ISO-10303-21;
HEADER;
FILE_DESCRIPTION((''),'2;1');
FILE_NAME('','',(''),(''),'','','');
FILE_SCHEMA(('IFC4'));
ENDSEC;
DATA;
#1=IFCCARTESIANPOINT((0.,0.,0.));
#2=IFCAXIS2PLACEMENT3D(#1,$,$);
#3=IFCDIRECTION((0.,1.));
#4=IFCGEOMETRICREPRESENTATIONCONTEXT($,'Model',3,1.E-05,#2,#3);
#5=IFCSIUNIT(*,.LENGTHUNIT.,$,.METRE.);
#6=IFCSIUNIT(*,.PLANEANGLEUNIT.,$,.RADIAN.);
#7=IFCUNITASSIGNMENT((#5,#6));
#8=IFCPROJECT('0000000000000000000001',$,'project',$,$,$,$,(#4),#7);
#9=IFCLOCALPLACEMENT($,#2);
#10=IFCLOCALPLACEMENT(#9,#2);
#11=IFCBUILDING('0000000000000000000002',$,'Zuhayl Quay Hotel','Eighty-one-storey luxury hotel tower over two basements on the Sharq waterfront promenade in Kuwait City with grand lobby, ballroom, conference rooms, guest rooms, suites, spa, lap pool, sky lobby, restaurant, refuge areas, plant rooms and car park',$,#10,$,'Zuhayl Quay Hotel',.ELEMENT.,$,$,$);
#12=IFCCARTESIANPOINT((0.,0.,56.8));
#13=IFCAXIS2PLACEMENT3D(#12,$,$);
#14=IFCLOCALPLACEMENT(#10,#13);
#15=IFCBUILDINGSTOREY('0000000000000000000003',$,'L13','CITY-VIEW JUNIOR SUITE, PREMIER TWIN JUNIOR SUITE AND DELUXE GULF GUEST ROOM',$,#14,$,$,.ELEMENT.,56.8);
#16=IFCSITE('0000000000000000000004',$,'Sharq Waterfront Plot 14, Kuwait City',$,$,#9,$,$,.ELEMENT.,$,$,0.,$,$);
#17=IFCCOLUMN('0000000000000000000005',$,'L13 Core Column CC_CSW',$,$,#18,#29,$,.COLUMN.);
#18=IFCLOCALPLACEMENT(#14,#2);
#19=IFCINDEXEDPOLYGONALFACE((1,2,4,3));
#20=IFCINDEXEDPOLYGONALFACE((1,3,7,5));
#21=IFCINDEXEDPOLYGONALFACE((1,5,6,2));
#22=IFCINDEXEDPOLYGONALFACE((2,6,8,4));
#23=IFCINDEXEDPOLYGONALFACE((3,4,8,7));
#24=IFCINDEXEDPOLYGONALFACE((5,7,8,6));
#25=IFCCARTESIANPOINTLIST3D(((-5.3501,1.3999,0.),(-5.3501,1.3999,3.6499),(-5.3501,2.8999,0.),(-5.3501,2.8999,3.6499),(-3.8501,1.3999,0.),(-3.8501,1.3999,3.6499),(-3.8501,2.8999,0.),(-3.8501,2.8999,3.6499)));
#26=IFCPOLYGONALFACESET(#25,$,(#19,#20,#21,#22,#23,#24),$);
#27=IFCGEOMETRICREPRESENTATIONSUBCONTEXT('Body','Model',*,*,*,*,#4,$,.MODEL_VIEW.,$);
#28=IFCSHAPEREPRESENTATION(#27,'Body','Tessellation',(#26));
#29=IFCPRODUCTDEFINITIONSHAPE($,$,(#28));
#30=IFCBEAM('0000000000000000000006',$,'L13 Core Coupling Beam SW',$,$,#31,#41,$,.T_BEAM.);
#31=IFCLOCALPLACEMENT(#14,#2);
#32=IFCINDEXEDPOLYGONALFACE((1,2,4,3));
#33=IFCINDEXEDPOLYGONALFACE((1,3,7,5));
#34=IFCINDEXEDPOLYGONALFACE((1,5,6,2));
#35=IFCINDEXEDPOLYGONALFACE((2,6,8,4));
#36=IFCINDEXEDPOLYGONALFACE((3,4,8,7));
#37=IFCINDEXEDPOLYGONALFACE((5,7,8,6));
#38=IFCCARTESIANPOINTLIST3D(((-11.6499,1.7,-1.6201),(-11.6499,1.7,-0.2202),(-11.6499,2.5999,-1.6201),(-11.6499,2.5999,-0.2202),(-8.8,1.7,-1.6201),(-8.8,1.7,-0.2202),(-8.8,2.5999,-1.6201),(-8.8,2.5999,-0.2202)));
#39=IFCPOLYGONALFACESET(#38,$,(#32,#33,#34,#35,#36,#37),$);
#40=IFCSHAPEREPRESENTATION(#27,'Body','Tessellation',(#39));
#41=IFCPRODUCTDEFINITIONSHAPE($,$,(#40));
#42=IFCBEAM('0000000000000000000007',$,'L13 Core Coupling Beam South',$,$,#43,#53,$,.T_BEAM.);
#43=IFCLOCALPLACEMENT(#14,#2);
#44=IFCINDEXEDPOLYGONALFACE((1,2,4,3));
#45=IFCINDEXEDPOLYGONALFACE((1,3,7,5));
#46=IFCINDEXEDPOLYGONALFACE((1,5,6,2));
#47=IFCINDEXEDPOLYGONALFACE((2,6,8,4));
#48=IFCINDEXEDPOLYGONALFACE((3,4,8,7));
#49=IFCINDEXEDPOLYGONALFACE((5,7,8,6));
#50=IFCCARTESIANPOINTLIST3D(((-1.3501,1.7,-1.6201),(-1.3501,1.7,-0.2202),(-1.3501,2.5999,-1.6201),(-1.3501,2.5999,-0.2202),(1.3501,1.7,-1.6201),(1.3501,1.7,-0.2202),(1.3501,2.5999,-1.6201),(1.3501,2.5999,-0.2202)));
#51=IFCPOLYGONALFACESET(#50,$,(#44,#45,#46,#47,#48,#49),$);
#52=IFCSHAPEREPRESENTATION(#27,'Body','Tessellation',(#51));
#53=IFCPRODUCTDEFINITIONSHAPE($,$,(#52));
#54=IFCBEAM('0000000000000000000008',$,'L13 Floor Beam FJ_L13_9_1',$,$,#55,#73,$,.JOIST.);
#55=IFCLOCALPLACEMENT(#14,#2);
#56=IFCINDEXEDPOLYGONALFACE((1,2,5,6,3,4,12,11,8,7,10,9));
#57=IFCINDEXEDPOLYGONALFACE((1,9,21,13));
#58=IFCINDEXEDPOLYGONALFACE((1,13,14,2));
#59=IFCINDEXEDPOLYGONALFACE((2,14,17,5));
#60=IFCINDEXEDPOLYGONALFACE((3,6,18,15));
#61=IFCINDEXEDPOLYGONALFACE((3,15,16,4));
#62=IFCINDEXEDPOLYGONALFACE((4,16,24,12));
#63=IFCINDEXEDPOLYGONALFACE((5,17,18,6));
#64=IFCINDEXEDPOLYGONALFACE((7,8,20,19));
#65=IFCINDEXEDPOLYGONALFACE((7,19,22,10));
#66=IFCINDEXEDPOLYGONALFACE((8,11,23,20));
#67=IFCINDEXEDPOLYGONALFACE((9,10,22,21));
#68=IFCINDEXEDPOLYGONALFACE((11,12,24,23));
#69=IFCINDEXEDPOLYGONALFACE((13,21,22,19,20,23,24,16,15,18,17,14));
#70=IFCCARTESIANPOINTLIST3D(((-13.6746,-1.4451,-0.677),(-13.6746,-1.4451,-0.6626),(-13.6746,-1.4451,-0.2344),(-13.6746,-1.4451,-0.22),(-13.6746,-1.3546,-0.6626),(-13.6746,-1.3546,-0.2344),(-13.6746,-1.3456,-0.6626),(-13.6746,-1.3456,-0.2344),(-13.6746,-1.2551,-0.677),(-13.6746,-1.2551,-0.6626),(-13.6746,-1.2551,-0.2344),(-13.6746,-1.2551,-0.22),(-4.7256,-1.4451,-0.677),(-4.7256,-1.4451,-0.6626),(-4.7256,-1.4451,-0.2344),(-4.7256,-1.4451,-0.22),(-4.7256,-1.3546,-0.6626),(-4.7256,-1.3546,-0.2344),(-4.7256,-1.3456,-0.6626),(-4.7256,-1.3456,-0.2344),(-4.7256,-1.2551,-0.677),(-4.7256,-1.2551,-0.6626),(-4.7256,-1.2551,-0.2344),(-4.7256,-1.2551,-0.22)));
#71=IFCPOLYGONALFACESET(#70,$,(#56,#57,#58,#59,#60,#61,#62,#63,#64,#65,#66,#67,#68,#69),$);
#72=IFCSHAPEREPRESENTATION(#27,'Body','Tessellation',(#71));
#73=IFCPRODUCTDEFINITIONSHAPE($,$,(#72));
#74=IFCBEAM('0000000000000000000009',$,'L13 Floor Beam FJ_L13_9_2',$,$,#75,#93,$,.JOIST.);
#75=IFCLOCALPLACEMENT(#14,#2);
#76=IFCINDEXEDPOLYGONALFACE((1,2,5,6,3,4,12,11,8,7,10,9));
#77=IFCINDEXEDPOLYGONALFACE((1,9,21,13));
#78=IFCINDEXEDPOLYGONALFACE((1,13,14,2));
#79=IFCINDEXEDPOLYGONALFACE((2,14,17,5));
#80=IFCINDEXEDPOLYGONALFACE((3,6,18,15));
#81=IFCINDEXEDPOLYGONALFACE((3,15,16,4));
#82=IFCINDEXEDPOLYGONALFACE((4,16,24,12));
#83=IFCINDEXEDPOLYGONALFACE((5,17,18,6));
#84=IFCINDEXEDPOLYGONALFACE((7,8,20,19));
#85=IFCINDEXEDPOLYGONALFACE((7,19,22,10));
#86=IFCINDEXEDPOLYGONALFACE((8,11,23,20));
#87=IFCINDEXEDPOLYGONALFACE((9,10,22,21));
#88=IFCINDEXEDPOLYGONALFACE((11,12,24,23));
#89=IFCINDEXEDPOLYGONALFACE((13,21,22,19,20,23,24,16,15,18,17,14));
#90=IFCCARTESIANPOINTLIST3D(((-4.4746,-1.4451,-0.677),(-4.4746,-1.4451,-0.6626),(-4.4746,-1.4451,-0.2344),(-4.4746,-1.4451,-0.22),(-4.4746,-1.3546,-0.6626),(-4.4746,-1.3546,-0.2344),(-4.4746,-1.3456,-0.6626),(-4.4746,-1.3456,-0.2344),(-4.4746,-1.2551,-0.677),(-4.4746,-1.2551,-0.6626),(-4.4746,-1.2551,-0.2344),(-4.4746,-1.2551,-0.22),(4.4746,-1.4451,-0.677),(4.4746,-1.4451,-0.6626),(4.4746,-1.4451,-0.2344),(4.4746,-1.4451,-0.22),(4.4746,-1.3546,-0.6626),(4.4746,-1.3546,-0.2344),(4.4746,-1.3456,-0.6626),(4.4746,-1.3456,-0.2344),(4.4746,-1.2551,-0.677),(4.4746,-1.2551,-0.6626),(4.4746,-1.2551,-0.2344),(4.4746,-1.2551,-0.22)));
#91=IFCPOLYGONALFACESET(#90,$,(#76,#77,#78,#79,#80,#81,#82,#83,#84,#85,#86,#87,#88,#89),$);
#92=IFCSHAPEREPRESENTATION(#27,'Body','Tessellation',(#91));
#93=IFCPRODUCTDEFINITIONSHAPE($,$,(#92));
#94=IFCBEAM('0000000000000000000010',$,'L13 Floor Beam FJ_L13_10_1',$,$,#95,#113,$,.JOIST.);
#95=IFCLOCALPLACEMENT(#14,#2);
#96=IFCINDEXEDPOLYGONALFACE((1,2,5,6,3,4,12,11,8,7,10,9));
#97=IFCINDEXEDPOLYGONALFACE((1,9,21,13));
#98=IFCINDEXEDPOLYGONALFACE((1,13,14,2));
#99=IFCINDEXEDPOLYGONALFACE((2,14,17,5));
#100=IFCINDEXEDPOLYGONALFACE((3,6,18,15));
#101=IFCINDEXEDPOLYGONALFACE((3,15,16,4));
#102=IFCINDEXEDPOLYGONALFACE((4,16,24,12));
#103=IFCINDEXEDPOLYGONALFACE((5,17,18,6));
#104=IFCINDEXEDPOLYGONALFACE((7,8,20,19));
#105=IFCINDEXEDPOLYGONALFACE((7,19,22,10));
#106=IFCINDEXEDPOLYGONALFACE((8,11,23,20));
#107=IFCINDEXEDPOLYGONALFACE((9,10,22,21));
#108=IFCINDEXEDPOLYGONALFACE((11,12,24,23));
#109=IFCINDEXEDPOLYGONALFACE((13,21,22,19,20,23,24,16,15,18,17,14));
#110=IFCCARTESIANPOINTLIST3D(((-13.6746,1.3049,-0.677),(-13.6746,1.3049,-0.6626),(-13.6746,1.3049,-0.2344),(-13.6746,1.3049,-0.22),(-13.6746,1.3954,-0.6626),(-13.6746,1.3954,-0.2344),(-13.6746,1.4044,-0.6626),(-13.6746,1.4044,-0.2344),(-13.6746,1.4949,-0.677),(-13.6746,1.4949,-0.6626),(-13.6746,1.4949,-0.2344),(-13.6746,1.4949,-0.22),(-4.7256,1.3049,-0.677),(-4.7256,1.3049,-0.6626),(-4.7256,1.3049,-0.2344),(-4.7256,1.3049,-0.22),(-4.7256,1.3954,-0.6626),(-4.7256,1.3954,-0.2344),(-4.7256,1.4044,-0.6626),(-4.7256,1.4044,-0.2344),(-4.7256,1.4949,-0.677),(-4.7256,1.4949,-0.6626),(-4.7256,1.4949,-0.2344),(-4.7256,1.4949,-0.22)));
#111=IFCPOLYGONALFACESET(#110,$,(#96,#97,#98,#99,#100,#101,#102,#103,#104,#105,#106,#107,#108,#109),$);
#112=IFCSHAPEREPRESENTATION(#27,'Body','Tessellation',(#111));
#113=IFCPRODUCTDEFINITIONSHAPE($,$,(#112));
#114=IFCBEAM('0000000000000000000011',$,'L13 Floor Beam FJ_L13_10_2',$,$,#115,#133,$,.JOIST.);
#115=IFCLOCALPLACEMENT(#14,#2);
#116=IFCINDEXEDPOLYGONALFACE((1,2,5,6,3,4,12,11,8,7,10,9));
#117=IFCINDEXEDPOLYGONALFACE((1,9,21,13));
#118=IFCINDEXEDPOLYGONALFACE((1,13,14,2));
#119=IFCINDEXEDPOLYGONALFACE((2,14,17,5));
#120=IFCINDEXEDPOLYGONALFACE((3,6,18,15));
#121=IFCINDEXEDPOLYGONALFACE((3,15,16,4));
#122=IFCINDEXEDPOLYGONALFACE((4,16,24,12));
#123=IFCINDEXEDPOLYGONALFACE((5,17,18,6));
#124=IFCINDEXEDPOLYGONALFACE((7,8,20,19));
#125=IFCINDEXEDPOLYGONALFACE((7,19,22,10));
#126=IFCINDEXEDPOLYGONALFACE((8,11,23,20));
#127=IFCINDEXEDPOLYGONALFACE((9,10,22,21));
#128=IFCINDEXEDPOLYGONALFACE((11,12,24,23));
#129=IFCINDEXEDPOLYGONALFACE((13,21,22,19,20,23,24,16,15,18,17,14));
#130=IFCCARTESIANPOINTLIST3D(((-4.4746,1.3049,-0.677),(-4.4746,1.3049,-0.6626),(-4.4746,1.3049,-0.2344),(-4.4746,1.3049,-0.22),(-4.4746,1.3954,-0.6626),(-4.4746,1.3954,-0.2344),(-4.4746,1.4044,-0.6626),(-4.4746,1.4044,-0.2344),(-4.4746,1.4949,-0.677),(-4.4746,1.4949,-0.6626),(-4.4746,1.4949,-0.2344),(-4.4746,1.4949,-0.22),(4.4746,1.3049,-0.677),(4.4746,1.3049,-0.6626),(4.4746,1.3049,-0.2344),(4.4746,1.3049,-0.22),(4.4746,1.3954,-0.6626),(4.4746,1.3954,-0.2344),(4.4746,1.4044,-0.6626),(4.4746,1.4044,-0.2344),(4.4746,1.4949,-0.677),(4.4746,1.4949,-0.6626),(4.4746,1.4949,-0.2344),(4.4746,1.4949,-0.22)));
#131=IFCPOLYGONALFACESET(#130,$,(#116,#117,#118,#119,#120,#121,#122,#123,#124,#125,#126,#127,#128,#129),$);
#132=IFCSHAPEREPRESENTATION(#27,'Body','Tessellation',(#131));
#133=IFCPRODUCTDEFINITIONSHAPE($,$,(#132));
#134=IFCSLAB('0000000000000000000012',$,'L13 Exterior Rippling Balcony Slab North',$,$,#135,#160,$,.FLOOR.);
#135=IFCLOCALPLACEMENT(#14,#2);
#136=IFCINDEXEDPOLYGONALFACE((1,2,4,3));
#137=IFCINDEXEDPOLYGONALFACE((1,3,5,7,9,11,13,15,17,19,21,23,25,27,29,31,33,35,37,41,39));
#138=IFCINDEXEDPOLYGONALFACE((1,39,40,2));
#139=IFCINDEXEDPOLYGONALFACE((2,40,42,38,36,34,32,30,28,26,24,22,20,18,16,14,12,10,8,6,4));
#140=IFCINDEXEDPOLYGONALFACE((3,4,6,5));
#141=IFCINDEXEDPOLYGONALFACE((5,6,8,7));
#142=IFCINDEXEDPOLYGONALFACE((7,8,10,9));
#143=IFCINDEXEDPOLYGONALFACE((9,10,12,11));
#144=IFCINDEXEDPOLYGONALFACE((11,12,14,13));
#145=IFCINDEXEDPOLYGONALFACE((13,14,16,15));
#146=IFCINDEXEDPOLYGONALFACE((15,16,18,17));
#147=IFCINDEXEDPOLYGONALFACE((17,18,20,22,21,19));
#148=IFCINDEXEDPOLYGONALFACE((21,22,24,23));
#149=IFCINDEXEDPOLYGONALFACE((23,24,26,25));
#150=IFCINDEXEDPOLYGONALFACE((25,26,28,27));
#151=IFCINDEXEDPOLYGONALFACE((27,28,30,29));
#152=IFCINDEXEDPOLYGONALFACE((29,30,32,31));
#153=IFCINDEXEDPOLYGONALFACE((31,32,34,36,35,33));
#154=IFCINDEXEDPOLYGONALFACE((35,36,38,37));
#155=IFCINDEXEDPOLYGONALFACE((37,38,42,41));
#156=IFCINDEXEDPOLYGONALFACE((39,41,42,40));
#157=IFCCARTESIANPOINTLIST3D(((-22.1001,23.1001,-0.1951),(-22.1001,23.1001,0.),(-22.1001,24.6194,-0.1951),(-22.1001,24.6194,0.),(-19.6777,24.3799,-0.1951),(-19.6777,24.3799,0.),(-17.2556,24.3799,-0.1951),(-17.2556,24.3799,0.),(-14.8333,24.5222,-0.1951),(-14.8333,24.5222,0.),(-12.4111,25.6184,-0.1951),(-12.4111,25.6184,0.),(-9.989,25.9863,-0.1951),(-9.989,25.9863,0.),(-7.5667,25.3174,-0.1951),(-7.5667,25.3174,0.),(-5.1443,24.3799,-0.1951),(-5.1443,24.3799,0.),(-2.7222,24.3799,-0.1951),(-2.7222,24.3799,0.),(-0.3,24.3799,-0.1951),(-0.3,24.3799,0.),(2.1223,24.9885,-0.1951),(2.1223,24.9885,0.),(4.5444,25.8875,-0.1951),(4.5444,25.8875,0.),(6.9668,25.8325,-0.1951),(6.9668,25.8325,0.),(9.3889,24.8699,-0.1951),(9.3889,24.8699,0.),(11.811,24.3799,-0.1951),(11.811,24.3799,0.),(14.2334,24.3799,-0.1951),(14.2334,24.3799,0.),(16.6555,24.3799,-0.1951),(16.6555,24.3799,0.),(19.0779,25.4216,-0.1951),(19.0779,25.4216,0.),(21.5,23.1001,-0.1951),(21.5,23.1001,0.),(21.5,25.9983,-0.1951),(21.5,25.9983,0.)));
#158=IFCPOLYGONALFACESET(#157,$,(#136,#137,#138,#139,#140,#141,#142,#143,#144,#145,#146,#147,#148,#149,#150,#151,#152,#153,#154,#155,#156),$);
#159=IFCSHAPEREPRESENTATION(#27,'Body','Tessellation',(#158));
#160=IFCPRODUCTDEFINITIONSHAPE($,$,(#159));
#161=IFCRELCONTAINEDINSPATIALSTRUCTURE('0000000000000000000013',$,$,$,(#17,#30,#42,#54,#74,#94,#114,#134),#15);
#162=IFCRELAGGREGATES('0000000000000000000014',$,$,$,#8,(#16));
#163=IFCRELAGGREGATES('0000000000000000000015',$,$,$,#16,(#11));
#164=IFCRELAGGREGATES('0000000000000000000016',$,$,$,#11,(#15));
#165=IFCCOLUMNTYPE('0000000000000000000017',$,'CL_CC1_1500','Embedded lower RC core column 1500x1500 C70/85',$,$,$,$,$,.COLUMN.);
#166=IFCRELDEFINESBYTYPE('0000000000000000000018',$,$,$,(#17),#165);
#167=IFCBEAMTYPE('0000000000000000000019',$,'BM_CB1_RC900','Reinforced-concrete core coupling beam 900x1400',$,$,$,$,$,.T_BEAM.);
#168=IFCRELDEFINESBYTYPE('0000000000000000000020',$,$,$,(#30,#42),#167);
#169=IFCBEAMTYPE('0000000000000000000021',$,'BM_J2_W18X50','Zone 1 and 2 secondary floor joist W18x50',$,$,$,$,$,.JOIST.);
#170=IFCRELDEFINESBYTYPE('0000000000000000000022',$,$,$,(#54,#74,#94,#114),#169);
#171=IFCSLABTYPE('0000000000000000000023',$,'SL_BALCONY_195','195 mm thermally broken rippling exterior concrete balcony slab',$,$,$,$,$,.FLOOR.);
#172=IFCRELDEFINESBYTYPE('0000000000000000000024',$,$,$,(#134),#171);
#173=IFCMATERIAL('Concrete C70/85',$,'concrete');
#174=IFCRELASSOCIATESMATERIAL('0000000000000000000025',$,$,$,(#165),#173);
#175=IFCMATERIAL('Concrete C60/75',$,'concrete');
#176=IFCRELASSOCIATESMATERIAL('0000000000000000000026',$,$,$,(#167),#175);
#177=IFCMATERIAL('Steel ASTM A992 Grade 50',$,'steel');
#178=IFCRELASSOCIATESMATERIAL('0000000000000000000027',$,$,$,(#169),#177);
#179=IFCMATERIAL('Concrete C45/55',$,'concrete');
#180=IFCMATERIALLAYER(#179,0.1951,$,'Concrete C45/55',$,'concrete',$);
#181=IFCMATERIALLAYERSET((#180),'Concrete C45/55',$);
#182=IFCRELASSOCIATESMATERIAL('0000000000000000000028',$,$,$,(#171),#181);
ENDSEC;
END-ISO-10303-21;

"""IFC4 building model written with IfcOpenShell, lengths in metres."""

from ifc_helpers import new_model, si_unit, direction, frame, origin, origin_2d, place, context, subcontext, project, spatial, polyline, rectangle, i_section, outline, extrude, material, layer, layer_set, material_profile, profile_set, type_object, element, save


model = new_model("IFC4")

# Units and contexts
model_context = context("Model", 3, precision=1e-05, world=origin(), true_north=direction((0.0, 1.0)))
body_context = subcontext(model_context, "Body", "Model", "MODEL_VIEW")
ifc_project = project(units=[si_unit("LENGTHUNIT", "METRE"), si_unit("PLANEANGLEUNIT", "RADIAN")], contexts=[model_context])

# Site, building, storey
site_placement = place(None, origin())
site = spatial("IfcSite", under=ifc_project, at=site_placement, Name="Sharq Waterfront Plot 14, Kuwait City", CompositionType="ELEMENT", RefElevation=0.0)
building_placement = place(site_placement, origin())
building = spatial("IfcBuilding", under=site, at=building_placement, Name="Zuhayl Quay Hotel", Description="Eighty-one-storey luxury hotel tower over two basements on the Sharq waterfront promenade in Kuwait City with grand lobby, ballroom, conference rooms, guest rooms, suites, spa, lap pool, sky lobby, restaurant, refuge areas, plant rooms and car park", LongName="Zuhayl Quay Hotel", CompositionType="ELEMENT")
storey_placement = place(building_placement, frame((0.0, 0.0, 56.8)))
storey = spatial("IfcBuildingStorey", under=building, at=storey_placement, Name="L13", Description="CITY-VIEW JUNIOR SUITE, PREMIER TWIN JUNIOR SUITE AND DELUXE GULF GUEST ROOM", CompositionType="ELEMENT", Elevation=56.8)

# Column
ifc_material_1 = material(Name="Concrete C70/85", Category="concrete")
ifc_material_profile_1 = material_profile(ifc_material_1, rectangle(XDim=1.5, YDim=1.5, at=origin_2d()), Name="RC1500X1500")
ifc_profile_set_1 = profile_set([ifc_material_profile_1], Name="Concrete C70/85")
column_type = type_object("IfcColumnType", Name="CL_CC1_1500", Description="Embedded lower RC core column 1500x1500 C70/85", PredefinedType="COLUMN", material=ifc_profile_set_1)
column_placement = place(storey_placement, frame((-4.6001, 2.1499, 0.0), z_axis=(0.0, 0.0, 1.0), x_axis=(1.0, 0.0, 0.0)))
element("IfcColumn", 1, at=column_placement, inside=storey, type_object=column_type, Name="L13 Core Column CC_CSW", PredefinedType="COLUMN", context=body_context, shape_type="SweptSolid", body=[
    extrude(rectangle(XDim=1.5, YDim=1.5, at=origin_2d()), origin(), (0.0, 0.0, 1.0), 3.6499),
])

# Beams
ifc_material_2 = material(Name="Concrete C60/75", Category="concrete")
ifc_material_profile_2 = material_profile(ifc_material_2, rectangle(XDim=0.8999, YDim=1.3999, at=origin_2d()), Name="RC900X1400")
ifc_profile_set_2 = profile_set([ifc_material_profile_2], Name="Concrete C60/75")
beam_type_1 = type_object("IfcBeamType", Name="BM_CB1_RC900", Description="Reinforced-concrete core coupling beam 900x1400", PredefinedType="T_BEAM", material=ifc_profile_set_2)
beam_1_placement = place(storey_placement, frame((-11.6499, 2.1499, -0.9202), z_axis=(1.0, 0.0, 0.0), x_axis=(0.0, 1.0, 0.0)))
element("IfcBeam", 2, at=beam_1_placement, inside=storey, type_object=beam_type_1, Name="L13 Core Coupling Beam SW", PredefinedType="T_BEAM", context=body_context, shape_type="SweptSolid", body=[
    extrude(rectangle(XDim=0.8999, YDim=1.3999, at=origin_2d()), origin(), (0.0, 0.0, 1.0), 2.8499),
])
beam_2_placement = place(storey_placement, frame((-1.3501, 2.1499, -0.9202), z_axis=(1.0, 0.0, 0.0), x_axis=(0.0, 1.0, 0.0)))
element("IfcBeam", 3, at=beam_2_placement, inside=storey, type_object=beam_type_1, Name="L13 Core Coupling Beam South", PredefinedType="T_BEAM", context=body_context, shape_type="SweptSolid", body=[
    extrude(rectangle(XDim=0.8999, YDim=1.3999, at=origin_2d()), origin(), (0.0, 0.0, 1.0), 2.7002),
])
ifc_material_3 = material(Name="Steel ASTM A992 Grade 50", Category="steel")
ifc_material_profile_3 = material_profile(ifc_material_3, i_section(OverallWidth=0.1899, OverallDepth=0.457, WebThickness=0.009, FlangeThickness=0.0144, at=origin_2d()), Name="W18X50")
ifc_profile_set_3 = profile_set([ifc_material_profile_3], Name="Steel ASTM A992 Grade 50")
beam_type_2 = type_object("IfcBeamType", Name="BM_J2_W18X50", Description="Zone 1 and 2 secondary floor joist W18x50", PredefinedType="JOIST", material=ifc_profile_set_3)
beam_3_placement = place(storey_placement, frame((-13.6746, -1.3501, -0.4485), z_axis=(1.0, 0.0, 0.0), x_axis=(0.0, 1.0, 0.0)))
element("IfcBeam", 4, at=beam_3_placement, inside=storey, type_object=beam_type_2, Name="L13 Floor Beam FJ_L13_9_1", PredefinedType="JOIST", context=body_context, shape_type="SweptSolid", body=[
    extrude(i_section(OverallWidth=0.1899, OverallDepth=0.457, WebThickness=0.009, FlangeThickness=0.0144, at=origin_2d()), origin(), (0.0, 0.0, 1.0), 8.949),
])
beam_4_placement = place(storey_placement, frame((-4.4746, -1.3501, -0.4485), z_axis=(1.0, 0.0, 0.0), x_axis=(0.0, 1.0, 0.0)))
element("IfcBeam", 5, at=beam_4_placement, inside=storey, type_object=beam_type_2, Name="L13 Floor Beam FJ_L13_9_2", PredefinedType="JOIST", context=body_context, shape_type="SweptSolid", body=[
    extrude(i_section(OverallWidth=0.1899, OverallDepth=0.457, WebThickness=0.009, FlangeThickness=0.0144, at=origin_2d()), origin(), (0.0, 0.0, 1.0), 8.9492),
])
beam_5_placement = place(storey_placement, frame((-13.6746, 1.3999, -0.4485), z_axis=(1.0, 0.0, 0.0), x_axis=(0.0, 1.0, 0.0)))
element("IfcBeam", 6, at=beam_5_placement, inside=storey, type_object=beam_type_2, Name="L13 Floor Beam FJ_L13_10_1", PredefinedType="JOIST", context=body_context, shape_type="SweptSolid", body=[
    extrude(i_section(OverallWidth=0.1899, OverallDepth=0.457, WebThickness=0.009, FlangeThickness=0.0144, at=origin_2d()), origin(), (0.0, 0.0, 1.0), 8.949),
])
beam_6_placement = place(storey_placement, frame((-4.4746, 1.3999, -0.4485), z_axis=(1.0, 0.0, 0.0), x_axis=(0.0, 1.0, 0.0)))
element("IfcBeam", 7, at=beam_6_placement, inside=storey, type_object=beam_type_2, Name="L13 Floor Beam FJ_L13_10_2", PredefinedType="JOIST", context=body_context, shape_type="SweptSolid", body=[
    extrude(i_section(OverallWidth=0.1899, OverallDepth=0.457, WebThickness=0.009, FlangeThickness=0.0144, at=origin_2d()), origin(), (0.0, 0.0, 1.0), 8.9492),
])

# Slab
ifc_material_4 = material(Name="Concrete C45/55", Category="concrete")
ifc_layer_1 = layer(ifc_material_4, 0.1951, Name="Concrete C45/55", Category="concrete")
ifc_layer_set_1 = layer_set([ifc_layer_1], Name="Concrete C45/55")
slab_type_1 = type_object("IfcSlabType", Name="SL_BALCONY_195", Description="195 mm thermally broken rippling exterior concrete balcony slab", PredefinedType="FLOOR", material=ifc_layer_set_1)
slab_1_placement = place(storey_placement, frame((0.0, 0.0, -0.1951)))
element("IfcSlab", 8, at=slab_1_placement, inside=storey, type_object=slab_type_1, Name="L13 Exterior Rippling Balcony Slab North", PredefinedType="FLOOR", context=body_context, shape_type="SweptSolid", body=[
    extrude(outline(polyline([(-22.1001, 23.1001), (21.5, 23.1001), (21.5, 25.9983), (19.0779, 25.4216), (16.6555, 24.3799), (14.2334, 24.3799), (11.811, 24.3799), (9.3889, 24.8699), (6.9668, 25.8325), (4.5444, 25.8875), (2.1223, 24.9885), (-0.3, 24.3799), (-2.7222, 24.3799), (-5.1443, 24.3799), (-7.5667, 25.3174), (-9.989, 25.9863), (-12.4111, 25.6184), (-14.8333, 24.5222), (-17.2556, 24.3799), (-19.6777, 24.3799), (-22.1001, 24.6194), (-22.1001, 23.1001)])), origin(), (0.0, 0.0, 1.0), 0.1951),
])

save(model, "model.ifc")
